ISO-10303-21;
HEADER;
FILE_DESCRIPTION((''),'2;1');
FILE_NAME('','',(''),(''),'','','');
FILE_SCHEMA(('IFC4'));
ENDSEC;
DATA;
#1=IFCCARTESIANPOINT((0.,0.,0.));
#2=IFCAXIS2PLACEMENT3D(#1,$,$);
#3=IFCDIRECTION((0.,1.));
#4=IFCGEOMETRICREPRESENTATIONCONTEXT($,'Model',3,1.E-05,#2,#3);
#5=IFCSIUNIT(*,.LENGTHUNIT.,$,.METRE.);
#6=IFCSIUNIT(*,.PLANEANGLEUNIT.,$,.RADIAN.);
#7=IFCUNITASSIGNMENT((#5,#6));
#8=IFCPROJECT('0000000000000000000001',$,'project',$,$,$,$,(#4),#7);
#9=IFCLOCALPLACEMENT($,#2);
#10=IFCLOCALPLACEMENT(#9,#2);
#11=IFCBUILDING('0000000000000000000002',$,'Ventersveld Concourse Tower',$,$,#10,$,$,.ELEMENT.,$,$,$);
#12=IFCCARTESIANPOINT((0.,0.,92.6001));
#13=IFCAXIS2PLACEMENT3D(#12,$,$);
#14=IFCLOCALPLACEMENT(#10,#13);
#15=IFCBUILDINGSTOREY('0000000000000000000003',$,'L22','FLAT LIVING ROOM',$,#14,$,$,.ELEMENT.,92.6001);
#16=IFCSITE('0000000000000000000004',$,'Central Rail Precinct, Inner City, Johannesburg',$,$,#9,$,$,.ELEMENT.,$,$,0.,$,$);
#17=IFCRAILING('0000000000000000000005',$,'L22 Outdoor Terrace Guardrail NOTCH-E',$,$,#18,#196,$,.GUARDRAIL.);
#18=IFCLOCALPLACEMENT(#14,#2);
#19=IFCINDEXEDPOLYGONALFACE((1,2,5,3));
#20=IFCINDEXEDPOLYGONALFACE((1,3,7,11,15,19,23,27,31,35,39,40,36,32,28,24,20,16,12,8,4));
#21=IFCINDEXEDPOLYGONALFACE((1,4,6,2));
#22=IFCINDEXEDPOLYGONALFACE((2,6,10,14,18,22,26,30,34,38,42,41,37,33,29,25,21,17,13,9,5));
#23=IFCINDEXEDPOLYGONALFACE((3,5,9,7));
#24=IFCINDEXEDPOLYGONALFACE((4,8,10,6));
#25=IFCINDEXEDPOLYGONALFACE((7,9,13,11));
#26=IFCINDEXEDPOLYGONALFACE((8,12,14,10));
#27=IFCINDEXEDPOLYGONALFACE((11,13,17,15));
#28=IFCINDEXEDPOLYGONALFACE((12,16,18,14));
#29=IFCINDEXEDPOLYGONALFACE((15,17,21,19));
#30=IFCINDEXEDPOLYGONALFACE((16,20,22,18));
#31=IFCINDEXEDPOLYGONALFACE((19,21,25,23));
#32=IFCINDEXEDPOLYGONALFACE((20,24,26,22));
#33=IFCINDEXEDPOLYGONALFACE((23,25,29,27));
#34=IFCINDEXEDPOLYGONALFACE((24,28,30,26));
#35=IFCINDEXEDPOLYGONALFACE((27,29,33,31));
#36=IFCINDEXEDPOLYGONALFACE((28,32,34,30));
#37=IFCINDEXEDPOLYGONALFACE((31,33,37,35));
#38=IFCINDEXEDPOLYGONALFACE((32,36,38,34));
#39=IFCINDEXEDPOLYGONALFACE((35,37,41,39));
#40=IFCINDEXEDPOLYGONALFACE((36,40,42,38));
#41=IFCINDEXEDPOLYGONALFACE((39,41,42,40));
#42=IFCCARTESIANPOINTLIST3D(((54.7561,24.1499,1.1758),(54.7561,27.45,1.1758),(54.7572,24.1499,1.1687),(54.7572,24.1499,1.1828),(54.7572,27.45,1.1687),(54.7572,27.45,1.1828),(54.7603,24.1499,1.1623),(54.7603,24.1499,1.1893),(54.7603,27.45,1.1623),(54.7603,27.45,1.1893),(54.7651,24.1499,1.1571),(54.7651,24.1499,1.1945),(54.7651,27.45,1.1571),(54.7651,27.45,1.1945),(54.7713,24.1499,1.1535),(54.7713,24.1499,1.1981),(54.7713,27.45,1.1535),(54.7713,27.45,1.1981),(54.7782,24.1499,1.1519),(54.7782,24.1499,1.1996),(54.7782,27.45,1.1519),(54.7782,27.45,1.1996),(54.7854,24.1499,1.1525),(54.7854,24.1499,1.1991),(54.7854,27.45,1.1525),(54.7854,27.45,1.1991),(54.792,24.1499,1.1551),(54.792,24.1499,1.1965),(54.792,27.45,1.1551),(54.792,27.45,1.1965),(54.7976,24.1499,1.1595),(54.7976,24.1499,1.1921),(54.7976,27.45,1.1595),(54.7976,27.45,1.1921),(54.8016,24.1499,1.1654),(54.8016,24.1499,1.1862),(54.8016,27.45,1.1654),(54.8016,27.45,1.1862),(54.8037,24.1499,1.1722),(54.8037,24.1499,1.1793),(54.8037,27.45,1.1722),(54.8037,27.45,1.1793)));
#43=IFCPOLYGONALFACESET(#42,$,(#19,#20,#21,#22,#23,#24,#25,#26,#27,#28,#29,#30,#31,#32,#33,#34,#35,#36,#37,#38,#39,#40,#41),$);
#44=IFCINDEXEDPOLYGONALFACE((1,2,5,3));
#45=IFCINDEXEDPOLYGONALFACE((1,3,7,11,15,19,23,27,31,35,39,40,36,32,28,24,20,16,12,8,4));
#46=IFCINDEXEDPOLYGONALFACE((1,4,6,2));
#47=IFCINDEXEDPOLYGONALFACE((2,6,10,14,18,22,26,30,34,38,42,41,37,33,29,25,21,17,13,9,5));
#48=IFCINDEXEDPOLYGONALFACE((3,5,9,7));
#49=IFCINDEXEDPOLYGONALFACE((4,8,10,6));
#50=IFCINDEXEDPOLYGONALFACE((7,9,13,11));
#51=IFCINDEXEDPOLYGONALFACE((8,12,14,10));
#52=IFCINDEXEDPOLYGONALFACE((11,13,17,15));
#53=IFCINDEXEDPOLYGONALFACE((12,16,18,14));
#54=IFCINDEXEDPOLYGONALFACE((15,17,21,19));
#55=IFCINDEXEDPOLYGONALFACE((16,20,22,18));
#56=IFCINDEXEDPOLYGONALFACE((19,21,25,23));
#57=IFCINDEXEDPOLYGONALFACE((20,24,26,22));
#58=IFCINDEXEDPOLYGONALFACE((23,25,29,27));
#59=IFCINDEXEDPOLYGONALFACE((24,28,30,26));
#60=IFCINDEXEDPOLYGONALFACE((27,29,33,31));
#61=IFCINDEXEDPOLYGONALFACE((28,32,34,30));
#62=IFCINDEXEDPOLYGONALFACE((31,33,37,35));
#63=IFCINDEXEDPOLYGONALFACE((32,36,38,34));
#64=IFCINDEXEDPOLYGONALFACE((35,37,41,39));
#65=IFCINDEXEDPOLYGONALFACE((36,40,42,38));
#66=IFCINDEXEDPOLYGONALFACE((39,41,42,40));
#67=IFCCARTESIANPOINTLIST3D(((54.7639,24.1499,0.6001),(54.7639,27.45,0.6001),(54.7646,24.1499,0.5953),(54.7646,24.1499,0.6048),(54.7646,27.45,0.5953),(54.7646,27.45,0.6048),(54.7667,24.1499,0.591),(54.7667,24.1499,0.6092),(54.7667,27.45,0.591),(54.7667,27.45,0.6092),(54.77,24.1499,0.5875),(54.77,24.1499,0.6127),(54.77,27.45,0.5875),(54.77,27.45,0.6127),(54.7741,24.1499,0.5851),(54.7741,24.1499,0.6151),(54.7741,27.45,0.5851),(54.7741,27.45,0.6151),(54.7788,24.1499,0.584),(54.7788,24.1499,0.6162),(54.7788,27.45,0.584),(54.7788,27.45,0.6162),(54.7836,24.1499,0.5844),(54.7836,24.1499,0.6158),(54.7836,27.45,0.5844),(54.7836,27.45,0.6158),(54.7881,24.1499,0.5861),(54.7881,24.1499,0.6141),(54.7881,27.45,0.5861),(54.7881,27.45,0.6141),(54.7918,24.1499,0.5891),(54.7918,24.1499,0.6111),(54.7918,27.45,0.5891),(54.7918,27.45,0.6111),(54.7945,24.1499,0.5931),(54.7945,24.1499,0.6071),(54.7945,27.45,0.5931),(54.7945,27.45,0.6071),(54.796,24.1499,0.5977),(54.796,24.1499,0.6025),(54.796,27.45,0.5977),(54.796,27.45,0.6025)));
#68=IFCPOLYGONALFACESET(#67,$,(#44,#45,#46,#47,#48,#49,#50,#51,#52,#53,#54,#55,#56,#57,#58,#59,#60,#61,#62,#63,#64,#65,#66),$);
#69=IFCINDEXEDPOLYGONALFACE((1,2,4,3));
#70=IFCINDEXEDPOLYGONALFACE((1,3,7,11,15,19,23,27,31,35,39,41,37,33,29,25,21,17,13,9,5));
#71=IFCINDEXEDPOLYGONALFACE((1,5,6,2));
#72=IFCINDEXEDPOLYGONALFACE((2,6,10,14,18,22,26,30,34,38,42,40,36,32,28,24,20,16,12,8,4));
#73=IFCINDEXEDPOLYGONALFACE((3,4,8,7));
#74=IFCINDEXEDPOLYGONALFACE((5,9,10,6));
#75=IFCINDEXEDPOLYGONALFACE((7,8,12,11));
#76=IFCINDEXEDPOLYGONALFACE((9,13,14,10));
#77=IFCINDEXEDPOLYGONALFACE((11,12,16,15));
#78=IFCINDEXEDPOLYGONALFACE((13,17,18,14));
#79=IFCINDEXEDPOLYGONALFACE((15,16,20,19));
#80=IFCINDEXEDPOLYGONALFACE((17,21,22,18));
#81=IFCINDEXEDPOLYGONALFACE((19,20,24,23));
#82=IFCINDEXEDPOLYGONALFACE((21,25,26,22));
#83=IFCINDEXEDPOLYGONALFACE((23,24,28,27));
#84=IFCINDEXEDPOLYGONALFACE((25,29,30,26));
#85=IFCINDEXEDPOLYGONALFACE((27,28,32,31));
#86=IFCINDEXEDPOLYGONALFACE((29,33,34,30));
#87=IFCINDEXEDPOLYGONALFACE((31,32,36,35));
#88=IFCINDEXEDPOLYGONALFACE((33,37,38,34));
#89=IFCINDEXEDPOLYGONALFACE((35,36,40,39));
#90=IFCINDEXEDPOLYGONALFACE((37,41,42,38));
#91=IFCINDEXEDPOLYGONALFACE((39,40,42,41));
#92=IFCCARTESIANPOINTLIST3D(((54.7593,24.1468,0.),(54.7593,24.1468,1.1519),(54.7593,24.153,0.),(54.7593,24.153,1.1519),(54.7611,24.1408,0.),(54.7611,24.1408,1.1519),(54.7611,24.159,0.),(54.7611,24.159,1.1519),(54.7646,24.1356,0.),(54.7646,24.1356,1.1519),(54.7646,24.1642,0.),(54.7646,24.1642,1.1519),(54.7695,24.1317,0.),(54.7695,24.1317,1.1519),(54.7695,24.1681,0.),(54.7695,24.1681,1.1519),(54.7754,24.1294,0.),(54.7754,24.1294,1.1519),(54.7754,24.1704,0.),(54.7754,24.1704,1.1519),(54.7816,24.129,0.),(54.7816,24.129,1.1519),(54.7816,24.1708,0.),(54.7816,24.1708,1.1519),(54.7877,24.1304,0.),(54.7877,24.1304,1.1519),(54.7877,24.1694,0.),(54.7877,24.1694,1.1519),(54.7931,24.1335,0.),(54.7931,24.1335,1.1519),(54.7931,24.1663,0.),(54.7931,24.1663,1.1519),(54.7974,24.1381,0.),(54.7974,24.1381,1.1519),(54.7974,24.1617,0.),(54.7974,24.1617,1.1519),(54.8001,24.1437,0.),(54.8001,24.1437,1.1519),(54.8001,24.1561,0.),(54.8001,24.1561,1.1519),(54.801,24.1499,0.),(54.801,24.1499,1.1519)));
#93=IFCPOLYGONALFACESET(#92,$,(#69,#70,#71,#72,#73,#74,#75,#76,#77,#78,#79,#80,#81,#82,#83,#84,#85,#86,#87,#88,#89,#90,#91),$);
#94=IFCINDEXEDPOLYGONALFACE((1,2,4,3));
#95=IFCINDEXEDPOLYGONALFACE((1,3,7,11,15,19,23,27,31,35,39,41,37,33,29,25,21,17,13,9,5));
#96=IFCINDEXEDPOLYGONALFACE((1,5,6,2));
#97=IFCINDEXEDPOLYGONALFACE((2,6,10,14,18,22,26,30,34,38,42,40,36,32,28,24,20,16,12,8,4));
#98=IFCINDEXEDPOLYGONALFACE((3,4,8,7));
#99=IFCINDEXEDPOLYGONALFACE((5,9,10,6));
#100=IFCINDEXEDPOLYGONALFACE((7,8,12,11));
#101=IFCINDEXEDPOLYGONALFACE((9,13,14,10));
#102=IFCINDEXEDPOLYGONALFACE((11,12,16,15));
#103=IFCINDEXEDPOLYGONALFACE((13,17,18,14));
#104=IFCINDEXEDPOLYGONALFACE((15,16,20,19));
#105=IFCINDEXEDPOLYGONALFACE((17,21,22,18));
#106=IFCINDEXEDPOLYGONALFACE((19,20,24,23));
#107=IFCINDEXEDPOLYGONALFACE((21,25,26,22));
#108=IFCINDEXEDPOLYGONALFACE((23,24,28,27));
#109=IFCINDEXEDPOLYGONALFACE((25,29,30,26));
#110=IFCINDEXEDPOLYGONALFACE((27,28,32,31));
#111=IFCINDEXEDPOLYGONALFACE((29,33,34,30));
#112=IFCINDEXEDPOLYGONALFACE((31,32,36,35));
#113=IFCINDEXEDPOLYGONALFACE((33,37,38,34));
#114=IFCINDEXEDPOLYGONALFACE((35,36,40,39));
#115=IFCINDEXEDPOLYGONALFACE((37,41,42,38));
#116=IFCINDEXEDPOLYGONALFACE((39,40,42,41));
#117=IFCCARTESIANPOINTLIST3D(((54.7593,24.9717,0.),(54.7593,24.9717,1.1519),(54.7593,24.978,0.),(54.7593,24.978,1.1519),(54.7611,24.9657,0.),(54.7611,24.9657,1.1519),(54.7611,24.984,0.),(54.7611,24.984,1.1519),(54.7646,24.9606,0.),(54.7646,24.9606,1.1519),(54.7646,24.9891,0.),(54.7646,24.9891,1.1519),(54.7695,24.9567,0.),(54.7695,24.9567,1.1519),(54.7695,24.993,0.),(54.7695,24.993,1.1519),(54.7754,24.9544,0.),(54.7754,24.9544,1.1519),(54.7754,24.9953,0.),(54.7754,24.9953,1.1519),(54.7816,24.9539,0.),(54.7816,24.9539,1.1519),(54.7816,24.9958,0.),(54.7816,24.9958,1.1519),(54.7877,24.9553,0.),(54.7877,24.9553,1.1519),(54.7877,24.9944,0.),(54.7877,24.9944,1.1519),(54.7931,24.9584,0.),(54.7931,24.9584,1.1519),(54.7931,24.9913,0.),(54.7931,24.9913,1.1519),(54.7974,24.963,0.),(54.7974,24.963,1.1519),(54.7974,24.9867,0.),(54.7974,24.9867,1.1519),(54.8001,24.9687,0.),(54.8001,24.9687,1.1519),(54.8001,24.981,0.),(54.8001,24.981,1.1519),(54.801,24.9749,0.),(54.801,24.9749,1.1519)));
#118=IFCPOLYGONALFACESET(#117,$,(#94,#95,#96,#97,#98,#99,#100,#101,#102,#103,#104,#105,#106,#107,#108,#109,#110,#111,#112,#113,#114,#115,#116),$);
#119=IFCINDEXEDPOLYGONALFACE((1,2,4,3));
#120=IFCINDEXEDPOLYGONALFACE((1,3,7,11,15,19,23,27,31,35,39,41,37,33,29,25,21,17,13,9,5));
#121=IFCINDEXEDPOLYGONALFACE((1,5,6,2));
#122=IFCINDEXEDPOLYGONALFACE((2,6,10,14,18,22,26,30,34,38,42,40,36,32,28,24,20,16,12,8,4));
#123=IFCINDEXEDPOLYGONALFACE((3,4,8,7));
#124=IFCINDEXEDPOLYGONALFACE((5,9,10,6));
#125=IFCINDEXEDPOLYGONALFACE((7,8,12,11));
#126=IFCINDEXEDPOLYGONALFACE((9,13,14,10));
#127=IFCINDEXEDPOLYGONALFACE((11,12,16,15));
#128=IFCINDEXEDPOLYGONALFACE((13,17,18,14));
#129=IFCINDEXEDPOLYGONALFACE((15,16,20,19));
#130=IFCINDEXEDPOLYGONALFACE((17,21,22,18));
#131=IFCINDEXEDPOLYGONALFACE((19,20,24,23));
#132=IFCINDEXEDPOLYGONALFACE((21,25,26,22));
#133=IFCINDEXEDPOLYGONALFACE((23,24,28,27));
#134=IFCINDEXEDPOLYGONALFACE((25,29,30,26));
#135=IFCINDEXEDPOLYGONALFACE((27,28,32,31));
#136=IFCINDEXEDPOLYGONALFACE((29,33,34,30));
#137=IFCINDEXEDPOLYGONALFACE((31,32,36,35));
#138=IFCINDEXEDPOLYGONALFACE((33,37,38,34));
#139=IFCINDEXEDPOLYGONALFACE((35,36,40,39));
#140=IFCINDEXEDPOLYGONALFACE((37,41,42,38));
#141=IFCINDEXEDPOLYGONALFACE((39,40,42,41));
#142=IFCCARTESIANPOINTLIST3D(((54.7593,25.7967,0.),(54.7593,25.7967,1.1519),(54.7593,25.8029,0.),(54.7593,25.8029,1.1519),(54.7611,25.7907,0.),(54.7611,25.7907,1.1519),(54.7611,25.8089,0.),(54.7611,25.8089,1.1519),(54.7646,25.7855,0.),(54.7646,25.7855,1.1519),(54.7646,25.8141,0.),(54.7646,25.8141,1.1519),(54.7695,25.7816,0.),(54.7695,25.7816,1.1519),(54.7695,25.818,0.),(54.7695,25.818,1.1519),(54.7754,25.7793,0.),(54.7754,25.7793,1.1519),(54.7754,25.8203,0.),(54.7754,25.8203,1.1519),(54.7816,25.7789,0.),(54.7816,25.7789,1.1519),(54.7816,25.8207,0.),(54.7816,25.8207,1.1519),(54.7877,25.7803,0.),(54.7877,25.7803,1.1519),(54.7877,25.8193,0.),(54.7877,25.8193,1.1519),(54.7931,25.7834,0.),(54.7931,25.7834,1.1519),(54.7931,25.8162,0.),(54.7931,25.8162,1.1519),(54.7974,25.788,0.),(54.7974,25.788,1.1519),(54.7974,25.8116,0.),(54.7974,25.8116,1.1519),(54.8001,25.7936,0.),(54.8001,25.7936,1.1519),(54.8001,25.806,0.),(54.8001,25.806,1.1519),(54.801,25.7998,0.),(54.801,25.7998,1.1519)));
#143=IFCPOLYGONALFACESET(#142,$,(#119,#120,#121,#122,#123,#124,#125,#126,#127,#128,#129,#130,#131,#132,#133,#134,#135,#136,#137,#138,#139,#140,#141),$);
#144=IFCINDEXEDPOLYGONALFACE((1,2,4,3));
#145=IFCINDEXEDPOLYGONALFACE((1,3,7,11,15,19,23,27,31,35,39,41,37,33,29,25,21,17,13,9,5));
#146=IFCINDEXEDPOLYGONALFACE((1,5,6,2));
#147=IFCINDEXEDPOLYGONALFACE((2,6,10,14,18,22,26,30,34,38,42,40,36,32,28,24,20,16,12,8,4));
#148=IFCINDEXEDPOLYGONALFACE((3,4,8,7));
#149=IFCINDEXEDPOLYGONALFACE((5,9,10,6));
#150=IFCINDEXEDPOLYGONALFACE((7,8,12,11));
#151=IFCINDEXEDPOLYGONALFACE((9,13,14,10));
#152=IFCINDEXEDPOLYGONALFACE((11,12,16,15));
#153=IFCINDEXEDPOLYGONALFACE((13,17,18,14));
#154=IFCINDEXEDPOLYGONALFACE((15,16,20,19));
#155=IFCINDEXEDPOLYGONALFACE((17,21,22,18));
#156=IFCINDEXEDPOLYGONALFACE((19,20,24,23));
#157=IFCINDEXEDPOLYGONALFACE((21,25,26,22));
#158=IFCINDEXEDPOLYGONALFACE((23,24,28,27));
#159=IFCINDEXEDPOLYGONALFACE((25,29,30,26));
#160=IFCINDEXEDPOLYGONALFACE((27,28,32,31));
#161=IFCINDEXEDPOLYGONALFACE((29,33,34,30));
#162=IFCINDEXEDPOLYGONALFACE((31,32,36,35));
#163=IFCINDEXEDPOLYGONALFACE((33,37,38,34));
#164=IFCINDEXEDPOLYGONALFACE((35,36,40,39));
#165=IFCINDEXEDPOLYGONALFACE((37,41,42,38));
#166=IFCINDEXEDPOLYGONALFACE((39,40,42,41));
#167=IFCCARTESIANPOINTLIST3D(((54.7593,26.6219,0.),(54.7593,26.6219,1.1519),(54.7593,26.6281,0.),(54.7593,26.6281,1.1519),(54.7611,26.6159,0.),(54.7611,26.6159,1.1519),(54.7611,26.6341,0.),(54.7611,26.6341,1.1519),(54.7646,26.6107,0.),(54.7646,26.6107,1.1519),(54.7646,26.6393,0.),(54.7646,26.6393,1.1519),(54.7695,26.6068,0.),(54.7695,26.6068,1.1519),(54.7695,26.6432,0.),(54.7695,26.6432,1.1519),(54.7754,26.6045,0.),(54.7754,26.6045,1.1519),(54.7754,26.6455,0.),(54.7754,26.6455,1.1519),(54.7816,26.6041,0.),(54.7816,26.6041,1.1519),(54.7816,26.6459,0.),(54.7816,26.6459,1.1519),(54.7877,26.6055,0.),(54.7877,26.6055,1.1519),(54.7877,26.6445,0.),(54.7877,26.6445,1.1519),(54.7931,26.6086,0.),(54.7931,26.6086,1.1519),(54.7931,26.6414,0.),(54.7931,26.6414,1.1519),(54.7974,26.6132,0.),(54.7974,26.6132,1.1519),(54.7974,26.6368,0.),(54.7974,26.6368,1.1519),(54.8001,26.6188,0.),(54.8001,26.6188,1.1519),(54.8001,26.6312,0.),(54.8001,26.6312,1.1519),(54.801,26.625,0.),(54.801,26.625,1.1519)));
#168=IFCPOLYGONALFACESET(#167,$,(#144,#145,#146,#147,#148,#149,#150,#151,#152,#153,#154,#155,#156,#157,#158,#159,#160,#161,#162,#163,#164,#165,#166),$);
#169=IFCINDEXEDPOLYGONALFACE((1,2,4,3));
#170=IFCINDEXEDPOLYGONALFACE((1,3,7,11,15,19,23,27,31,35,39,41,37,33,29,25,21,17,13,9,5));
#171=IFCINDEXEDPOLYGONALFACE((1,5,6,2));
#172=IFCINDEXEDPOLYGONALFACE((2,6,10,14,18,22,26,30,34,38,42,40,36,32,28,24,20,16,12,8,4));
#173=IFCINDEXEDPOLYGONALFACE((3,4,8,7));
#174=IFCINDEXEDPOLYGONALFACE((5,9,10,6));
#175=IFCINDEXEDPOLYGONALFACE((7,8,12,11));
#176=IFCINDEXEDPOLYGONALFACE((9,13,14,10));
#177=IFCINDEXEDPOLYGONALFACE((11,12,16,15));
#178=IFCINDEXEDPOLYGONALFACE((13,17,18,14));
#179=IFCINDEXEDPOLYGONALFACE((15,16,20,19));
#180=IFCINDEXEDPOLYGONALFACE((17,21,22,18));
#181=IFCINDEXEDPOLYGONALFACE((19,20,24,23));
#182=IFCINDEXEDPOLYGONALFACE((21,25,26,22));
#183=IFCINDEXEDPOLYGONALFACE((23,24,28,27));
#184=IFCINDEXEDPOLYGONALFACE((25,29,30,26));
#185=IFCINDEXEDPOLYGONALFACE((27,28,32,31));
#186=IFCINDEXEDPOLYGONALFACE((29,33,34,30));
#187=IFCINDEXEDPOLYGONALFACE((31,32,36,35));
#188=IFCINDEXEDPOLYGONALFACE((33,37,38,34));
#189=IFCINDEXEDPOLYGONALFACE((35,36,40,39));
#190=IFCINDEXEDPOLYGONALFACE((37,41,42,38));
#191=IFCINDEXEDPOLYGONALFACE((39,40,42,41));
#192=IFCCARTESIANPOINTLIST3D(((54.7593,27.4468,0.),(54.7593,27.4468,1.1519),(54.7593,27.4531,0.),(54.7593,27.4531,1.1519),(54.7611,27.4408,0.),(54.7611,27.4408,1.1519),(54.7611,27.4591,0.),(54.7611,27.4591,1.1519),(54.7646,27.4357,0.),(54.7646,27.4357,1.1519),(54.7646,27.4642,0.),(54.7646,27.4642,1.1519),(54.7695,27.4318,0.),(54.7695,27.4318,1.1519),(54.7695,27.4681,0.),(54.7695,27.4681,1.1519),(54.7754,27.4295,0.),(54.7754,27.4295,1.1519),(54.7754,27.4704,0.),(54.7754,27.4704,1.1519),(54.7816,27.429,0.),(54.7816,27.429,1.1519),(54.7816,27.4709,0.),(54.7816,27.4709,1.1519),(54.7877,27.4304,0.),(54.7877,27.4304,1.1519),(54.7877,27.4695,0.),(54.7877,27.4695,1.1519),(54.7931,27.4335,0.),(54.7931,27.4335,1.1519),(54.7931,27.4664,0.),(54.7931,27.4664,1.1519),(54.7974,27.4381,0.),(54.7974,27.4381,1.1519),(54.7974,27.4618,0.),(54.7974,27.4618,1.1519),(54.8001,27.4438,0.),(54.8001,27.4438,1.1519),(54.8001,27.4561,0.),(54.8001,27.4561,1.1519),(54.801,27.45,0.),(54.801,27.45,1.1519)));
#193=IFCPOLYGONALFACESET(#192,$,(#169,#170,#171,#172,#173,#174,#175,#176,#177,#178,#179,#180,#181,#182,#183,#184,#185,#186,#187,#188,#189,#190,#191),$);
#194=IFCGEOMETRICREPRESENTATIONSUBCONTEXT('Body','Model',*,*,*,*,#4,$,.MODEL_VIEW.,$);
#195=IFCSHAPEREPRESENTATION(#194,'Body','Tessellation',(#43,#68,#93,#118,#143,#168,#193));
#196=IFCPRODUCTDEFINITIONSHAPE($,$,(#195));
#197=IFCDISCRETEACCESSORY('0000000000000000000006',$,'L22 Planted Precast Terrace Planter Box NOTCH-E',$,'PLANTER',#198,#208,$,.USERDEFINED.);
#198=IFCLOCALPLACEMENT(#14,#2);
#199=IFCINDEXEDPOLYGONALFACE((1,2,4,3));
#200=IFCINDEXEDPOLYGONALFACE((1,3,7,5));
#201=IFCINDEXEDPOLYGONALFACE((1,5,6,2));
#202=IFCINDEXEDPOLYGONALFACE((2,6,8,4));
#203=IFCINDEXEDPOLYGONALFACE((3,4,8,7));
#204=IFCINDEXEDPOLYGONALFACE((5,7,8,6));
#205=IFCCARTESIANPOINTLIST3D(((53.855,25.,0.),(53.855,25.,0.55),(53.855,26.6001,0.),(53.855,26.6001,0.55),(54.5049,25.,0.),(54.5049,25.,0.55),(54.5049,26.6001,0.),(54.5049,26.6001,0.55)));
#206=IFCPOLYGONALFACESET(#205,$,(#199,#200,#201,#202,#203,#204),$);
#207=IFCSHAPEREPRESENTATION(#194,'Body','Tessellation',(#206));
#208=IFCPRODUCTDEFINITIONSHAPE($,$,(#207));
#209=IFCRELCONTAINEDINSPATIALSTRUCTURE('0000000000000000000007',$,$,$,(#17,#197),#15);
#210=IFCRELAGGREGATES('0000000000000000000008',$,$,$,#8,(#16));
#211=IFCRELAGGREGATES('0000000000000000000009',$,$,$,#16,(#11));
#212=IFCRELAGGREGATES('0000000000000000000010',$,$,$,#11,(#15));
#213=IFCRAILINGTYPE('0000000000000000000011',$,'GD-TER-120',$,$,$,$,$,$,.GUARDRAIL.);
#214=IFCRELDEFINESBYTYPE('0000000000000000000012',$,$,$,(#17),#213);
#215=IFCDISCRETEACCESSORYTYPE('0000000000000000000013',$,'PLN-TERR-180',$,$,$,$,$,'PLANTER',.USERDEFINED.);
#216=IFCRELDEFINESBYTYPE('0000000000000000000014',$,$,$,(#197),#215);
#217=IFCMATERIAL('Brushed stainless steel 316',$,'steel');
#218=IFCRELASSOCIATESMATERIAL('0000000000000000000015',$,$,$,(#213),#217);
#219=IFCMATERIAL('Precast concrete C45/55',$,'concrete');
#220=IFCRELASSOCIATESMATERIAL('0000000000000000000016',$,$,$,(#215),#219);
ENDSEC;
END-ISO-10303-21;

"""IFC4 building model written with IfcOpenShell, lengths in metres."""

from ifc_helpers import new_model, si_unit, direction, frame, origin, origin_2d, place, context, subcontext, project, spatial, rectangle, circle, extrude, material, type_object, element, save


model = new_model("IFC4")

# Units and contexts
model_context = context("Model", 3, precision=1e-05, world=origin(), true_north=direction((0.0, 1.0)))
body_context = subcontext(model_context, "Body", "Model", "MODEL_VIEW")
ifc_project = project(units=[si_unit("LENGTHUNIT", "METRE"), si_unit("PLANEANGLEUNIT", "RADIAN")], contexts=[model_context])

# Site, building, storey
site_placement = place(None, origin())
site = spatial("IfcSite", under=ifc_project, at=site_placement, Name="Central Rail Precinct, Inner City, Johannesburg", CompositionType="ELEMENT", RefElevation=0.0)
building_placement = place(site_placement, origin())
building = spatial("IfcBuilding", under=site, at=building_placement, Name="Ventersveld Concourse Tower", CompositionType="ELEMENT")
storey_placement = place(building_placement, frame((0.0, 0.0, 92.6001)))
storey = spatial("IfcBuildingStorey", under=building, at=storey_placement, Name="L22", Description="FLAT LIVING ROOM", CompositionType="ELEMENT", Elevation=92.6001)

# Shared definitions
ifc_material_1 = material(Name="Precast concrete C45/55", Category="concrete")

# Railing
ifc_material_2 = material(Name="Brushed stainless steel 316", Category="steel")
railing_type = type_object("IfcRailingType", Name="GD-TER-120", PredefinedType="GUARDRAIL", material=ifc_material_2)
railing_placement = place(storey_placement, frame((54.78, 24.1499, 0.0)))
element("IfcRailing", 1, at=railing_placement, inside=storey, type_object=railing_type, Name="L22 Outdoor Terrace Guardrail NOTCH-E", PredefinedType="GUARDRAIL", context=body_context, shape_type="SweptSolid", body=[
    extrude(circle(Radius=0.0239, at=origin_2d()), frame((0.0, 0.0, 1.1758), z_axis=(0.0, 1.0, 0.0), x_axis=(-1.0, 0.0, 0.0)), (0.0, 0.0, 1.0), 3.3),
    extrude(circle(Radius=0.0161, at=origin_2d()), frame((0.0, 0.0, 0.6001), z_axis=(0.0, 1.0, 0.0), x_axis=(-1.0, 0.0, 0.0)), (0.0, 0.0, 1.0), 3.3),
    extrude(circle(Radius=0.021, at=origin_2d()), origin(), (0.0, 0.0, 1.0), 1.1519),
    extrude(circle(Radius=0.021, at=origin_2d()), frame((0.0, 0.825, 0.0)), (0.0, 0.0, 1.0), 1.1519),
    extrude(circle(Radius=0.021, at=origin_2d()), frame((0.0, 1.6499, 0.0)), (0.0, 0.0, 1.0), 1.1519),
    extrude(circle(Radius=0.021, at=origin_2d()), frame((0.0, 2.4751, 0.0)), (0.0, 0.0, 1.0), 1.1519),
    extrude(circle(Radius=0.021, at=origin_2d()), frame((0.0, 3.3, 0.0)), (0.0, 0.0, 1.0), 1.1519),
])

# Discrete accessory
discrete_accessory_type = type_object("IfcDiscreteAccessoryType", Name="PLN-TERR-180", ElementType="PLANTER", PredefinedType="USERDEFINED", material=ifc_material_1)
discrete_accessory_placement = place(storey_placement, frame((54.1799, 25.8, 0.0), z_axis=(0.0, 0.0, 1.0), x_axis=(0.0, 1.0, 0.0)))
element("IfcDiscreteAccessory", 2, at=discrete_accessory_placement, inside=storey, type_object=discrete_accessory_type, Name="L22 Planted Precast Terrace Planter Box NOTCH-E", ObjectType="PLANTER", PredefinedType="USERDEFINED", context=body_context, shape_type="SweptSolid", body=[
    extrude(rectangle(XDim=1.6001, YDim=0.6499, at=origin_2d()), origin(), (0.0, 0.0, 1.0), 0.55),
])

save(model, "model.ifc")
